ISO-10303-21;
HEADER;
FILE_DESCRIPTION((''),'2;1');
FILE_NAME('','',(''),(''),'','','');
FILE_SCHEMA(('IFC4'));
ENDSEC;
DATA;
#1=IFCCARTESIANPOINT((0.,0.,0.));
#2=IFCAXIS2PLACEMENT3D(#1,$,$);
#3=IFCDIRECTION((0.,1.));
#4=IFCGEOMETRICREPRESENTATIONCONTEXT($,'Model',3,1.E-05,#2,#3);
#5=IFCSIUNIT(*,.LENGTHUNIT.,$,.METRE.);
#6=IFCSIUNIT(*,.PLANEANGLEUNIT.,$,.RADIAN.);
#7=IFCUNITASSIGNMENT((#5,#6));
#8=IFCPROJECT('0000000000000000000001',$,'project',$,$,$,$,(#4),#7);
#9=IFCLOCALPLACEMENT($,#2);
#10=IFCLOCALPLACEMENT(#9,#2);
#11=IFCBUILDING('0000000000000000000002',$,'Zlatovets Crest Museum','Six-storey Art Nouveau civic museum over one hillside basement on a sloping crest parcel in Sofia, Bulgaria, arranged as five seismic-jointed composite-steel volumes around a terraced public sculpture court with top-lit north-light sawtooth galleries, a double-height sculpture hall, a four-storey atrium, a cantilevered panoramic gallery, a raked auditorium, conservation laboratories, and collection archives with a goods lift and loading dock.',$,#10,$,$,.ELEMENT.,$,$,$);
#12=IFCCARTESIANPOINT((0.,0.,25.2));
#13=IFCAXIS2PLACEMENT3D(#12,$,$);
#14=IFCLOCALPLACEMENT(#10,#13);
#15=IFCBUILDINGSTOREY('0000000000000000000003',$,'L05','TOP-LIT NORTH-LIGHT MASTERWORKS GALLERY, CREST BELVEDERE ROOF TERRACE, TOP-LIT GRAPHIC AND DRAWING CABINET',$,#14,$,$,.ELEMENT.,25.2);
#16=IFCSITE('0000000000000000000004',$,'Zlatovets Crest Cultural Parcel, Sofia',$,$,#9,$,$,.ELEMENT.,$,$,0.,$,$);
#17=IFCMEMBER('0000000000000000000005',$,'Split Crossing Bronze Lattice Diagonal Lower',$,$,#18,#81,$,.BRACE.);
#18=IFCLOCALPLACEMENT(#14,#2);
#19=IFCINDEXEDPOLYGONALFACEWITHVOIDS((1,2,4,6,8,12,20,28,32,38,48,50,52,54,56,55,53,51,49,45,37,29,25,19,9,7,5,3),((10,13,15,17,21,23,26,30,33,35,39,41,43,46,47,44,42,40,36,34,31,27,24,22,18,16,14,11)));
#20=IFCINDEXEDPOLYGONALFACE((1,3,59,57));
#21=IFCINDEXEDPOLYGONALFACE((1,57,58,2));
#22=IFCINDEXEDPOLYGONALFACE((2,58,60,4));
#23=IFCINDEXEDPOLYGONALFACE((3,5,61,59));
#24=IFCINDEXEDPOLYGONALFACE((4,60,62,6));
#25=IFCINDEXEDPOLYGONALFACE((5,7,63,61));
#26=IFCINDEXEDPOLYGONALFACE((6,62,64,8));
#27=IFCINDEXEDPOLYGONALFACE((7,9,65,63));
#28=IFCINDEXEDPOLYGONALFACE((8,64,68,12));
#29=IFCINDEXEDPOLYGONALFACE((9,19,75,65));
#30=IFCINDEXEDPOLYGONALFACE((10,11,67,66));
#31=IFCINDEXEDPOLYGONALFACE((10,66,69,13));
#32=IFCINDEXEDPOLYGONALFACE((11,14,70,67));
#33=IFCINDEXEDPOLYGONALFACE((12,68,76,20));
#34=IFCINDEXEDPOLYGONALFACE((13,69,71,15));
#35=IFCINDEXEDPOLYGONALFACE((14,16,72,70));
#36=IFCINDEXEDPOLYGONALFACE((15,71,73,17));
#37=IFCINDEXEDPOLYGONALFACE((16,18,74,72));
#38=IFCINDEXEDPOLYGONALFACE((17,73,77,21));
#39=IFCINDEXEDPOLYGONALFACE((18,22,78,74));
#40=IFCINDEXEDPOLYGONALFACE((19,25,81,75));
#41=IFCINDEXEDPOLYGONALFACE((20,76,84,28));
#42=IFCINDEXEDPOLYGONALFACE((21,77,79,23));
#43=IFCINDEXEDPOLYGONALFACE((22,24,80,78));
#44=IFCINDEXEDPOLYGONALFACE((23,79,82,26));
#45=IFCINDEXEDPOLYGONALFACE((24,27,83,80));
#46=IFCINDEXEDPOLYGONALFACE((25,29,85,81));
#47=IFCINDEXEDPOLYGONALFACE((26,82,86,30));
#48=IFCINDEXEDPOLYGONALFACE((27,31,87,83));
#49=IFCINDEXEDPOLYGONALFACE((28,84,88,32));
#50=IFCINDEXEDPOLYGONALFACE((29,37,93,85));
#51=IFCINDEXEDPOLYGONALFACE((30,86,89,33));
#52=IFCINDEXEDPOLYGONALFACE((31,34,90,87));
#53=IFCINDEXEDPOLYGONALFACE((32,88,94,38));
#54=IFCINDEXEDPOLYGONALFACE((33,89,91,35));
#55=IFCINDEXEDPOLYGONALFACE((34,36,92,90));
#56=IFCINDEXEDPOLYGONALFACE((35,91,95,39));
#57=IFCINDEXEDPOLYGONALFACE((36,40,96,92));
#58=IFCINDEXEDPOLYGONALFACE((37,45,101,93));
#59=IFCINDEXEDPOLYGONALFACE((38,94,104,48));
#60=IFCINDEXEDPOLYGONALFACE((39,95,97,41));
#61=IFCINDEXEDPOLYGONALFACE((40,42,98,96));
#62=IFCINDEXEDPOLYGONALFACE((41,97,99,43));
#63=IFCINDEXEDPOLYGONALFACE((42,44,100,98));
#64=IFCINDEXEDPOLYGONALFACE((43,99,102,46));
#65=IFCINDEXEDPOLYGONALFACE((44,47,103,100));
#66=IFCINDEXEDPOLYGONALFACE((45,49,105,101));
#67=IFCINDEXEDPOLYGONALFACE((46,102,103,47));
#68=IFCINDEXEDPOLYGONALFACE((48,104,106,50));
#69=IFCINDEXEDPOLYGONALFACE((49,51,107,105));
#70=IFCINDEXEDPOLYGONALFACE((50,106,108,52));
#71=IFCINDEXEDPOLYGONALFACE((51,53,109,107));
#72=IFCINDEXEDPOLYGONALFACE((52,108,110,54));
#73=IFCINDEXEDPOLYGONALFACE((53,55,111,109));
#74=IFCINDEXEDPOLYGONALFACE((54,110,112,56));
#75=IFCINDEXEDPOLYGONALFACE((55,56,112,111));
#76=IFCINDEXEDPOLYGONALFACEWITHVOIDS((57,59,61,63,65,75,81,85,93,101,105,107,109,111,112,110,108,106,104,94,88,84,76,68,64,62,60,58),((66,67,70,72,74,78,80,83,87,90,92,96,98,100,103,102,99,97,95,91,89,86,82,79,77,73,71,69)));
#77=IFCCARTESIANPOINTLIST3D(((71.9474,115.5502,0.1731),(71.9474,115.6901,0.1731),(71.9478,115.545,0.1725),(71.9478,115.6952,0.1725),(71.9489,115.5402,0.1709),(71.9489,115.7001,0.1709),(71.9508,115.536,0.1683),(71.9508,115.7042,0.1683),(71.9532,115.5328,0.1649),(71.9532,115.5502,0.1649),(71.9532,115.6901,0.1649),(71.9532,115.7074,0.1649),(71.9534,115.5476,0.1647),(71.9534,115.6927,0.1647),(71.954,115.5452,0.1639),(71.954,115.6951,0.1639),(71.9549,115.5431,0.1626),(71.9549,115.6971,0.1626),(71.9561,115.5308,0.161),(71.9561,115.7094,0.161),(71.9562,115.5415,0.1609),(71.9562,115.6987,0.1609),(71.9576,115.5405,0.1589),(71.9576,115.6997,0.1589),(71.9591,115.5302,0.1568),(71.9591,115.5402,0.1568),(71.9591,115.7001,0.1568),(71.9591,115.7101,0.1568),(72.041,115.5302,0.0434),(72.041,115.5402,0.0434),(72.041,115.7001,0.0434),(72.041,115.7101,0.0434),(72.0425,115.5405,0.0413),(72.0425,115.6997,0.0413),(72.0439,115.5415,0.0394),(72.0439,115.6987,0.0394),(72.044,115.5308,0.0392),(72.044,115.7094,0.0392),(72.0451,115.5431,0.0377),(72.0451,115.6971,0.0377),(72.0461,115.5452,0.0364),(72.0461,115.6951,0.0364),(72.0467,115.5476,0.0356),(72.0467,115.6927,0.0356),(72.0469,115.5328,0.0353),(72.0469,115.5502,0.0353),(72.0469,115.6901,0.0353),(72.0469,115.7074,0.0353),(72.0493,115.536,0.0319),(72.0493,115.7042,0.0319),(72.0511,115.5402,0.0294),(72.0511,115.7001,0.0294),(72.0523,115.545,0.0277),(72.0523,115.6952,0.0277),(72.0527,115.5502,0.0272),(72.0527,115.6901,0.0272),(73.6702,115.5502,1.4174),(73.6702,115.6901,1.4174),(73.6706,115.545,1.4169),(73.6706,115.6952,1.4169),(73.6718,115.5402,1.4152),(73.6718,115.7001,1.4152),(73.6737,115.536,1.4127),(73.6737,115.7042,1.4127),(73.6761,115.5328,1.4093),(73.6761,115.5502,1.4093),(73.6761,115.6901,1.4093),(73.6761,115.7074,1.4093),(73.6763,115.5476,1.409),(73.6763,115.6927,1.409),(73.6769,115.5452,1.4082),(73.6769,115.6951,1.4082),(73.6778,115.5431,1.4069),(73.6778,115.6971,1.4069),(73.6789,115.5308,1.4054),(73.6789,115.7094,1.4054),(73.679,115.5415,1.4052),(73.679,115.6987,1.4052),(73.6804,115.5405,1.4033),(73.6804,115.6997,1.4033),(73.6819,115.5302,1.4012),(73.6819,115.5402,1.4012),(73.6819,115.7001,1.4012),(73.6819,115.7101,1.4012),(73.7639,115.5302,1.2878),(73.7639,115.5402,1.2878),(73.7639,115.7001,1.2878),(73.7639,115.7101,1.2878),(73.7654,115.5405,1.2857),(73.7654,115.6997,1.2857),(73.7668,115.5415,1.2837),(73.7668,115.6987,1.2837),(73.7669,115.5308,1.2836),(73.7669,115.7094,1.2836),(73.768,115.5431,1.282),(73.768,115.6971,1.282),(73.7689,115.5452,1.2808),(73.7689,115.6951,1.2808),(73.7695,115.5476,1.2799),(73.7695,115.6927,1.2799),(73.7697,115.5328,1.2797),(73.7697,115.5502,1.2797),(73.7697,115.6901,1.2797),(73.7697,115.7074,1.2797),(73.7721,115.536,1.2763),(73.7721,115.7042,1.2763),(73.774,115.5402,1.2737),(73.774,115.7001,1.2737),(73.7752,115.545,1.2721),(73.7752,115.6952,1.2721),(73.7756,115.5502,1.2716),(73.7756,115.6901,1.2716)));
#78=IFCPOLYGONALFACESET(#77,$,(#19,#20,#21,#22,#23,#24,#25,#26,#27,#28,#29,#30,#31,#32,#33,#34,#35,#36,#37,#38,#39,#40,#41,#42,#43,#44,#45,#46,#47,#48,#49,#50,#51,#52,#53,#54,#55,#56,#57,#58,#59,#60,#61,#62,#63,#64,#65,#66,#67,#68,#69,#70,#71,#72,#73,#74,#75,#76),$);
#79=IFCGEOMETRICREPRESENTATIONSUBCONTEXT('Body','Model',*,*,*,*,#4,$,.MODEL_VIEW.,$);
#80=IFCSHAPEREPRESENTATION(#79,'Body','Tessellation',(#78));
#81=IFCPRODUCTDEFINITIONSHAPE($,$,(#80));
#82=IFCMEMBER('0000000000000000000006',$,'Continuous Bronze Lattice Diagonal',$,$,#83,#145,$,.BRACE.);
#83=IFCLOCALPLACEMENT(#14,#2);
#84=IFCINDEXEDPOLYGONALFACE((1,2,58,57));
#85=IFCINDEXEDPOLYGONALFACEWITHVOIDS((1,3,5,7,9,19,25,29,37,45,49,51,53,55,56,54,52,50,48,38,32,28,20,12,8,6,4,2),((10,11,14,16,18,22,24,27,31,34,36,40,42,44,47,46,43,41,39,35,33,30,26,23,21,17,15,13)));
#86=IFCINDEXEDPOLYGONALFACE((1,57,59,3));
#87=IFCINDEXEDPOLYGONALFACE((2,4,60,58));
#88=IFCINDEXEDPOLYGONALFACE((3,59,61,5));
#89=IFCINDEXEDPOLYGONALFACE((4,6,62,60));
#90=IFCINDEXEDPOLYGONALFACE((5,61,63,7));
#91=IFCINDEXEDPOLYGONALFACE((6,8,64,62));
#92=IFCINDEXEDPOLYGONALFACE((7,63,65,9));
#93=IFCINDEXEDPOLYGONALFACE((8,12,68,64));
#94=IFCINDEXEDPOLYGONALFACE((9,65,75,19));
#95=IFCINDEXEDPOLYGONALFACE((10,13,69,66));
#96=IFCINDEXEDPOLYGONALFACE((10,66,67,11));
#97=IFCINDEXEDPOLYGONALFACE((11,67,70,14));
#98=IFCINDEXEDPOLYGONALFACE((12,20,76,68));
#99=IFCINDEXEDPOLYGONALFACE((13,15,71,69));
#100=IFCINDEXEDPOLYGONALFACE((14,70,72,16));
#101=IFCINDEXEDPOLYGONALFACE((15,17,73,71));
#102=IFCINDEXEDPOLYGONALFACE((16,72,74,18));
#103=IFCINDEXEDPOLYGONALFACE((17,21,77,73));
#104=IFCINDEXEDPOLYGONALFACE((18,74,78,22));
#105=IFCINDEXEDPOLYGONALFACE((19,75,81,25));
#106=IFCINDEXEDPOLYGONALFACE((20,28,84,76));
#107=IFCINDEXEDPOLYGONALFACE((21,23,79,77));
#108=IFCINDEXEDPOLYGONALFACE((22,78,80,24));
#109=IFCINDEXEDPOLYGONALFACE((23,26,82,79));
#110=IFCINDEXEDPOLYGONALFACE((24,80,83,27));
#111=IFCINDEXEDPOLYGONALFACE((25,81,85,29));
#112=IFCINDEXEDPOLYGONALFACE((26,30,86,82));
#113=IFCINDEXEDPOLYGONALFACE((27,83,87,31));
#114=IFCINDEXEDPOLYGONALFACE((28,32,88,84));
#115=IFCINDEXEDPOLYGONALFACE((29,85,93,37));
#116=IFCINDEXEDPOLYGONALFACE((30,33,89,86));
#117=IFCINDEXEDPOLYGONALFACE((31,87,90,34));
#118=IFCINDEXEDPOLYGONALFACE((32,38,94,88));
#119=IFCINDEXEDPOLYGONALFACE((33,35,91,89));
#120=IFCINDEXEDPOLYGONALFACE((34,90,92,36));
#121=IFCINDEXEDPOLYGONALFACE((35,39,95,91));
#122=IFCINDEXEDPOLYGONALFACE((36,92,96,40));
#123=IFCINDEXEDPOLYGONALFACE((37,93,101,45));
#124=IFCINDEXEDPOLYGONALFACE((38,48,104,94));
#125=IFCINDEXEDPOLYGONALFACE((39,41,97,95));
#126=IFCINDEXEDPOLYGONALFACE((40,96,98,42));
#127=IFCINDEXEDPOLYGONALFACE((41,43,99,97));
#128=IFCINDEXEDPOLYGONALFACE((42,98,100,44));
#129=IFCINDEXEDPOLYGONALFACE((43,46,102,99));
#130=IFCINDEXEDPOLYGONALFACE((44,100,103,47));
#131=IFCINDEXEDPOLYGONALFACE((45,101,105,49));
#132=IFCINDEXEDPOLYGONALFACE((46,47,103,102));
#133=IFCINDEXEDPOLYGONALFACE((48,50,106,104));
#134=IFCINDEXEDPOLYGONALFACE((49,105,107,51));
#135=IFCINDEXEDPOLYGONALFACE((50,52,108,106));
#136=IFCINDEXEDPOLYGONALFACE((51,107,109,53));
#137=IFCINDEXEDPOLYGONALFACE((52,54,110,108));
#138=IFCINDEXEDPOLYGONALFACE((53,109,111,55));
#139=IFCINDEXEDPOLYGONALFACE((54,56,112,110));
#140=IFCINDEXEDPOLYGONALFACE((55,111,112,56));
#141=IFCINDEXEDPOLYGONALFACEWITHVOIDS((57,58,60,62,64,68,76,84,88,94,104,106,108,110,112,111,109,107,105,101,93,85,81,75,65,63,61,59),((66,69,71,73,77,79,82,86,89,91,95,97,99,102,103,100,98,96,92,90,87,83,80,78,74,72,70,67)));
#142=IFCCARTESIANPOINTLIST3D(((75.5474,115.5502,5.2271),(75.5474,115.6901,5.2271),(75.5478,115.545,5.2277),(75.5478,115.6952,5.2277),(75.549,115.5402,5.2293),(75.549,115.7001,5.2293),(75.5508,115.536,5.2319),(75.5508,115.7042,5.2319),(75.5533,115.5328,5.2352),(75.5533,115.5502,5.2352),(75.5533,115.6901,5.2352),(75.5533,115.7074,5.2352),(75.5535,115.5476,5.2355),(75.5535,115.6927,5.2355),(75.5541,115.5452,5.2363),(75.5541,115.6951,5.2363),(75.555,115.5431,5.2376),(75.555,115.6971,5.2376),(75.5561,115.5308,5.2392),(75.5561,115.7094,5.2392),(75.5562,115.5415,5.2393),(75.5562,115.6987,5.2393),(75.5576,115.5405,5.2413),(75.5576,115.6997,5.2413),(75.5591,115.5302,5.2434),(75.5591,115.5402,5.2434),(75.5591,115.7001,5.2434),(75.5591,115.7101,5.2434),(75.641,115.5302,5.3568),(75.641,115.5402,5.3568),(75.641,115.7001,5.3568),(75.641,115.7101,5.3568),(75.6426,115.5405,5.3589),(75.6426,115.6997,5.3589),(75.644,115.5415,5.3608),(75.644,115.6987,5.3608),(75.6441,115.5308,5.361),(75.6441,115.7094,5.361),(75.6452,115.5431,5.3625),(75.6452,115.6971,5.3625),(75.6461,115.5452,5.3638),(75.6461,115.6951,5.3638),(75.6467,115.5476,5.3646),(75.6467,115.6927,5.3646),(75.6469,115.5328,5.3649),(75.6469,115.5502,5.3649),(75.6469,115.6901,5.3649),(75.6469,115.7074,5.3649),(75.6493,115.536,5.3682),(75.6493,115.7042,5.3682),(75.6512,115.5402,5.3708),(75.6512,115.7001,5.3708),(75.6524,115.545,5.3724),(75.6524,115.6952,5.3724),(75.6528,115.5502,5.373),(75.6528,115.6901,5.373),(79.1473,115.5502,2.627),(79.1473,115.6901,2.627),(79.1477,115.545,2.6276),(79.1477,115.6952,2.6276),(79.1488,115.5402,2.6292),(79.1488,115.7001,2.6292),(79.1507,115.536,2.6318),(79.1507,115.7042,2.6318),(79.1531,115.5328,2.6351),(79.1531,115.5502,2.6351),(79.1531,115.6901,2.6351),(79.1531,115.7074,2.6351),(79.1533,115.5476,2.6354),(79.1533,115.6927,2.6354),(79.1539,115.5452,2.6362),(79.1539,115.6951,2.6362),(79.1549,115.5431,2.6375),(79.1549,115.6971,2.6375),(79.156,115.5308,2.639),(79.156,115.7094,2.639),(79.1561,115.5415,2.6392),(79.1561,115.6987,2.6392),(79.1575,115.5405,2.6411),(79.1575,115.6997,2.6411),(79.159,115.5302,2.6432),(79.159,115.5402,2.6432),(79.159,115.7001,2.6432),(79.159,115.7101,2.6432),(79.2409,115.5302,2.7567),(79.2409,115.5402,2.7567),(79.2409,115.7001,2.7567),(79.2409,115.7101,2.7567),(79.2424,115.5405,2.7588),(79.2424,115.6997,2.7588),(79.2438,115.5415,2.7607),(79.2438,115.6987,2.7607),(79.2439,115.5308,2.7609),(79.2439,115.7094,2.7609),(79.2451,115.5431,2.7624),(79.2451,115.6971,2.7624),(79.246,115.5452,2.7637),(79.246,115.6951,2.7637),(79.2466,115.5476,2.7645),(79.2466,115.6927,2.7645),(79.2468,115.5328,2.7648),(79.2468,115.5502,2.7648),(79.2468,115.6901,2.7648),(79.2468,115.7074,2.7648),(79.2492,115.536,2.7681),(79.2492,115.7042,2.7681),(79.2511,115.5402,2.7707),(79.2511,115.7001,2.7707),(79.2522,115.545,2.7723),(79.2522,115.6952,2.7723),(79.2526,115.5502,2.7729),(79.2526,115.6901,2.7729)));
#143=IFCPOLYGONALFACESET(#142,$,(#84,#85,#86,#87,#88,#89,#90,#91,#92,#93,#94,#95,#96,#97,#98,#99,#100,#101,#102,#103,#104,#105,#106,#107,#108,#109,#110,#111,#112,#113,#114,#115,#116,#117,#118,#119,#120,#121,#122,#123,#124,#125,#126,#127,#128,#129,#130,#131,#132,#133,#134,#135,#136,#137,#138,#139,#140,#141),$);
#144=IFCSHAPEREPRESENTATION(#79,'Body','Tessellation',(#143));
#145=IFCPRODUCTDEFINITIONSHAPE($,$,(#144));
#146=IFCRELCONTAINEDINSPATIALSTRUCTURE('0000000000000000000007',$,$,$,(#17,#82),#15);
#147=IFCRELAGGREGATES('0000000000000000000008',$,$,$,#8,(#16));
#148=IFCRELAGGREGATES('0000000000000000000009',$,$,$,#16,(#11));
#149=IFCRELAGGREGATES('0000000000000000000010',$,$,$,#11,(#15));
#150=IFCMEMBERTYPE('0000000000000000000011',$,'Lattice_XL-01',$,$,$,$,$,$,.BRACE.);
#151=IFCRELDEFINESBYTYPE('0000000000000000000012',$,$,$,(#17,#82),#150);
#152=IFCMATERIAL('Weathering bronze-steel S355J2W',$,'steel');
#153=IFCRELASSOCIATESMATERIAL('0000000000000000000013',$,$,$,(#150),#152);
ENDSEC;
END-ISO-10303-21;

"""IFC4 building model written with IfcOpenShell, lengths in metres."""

from ifc_helpers import new_model, si_unit, direction, frame, origin, origin_2d, place, context, subcontext, project, spatial, hollow_rectangle, extrude, material, material_profile, profile_set, type_object, element, save


model = new_model("IFC4")

# Units and contexts
model_context = context("Model", 3, precision=1e-05, world=origin(), true_north=direction((0.0, 1.0)))
body_context = subcontext(model_context, "Body", "Model", "MODEL_VIEW")
ifc_project = project(units=[si_unit("LENGTHUNIT", "METRE"), si_unit("PLANEANGLEUNIT", "RADIAN")], contexts=[model_context])

# Site, building, storey
site_placement = place(None, origin())
site = spatial("IfcSite", under=ifc_project, at=site_placement, Name="Zlatovets Crest Cultural Parcel, Sofia", CompositionType="ELEMENT", RefElevation=0.0)
building_placement = place(site_placement, origin())
building = spatial("IfcBuilding", under=site, at=building_placement, Name="Zlatovets Crest Museum", Description="Six-storey Art Nouveau civic museum over one hillside basement on a sloping crest parcel in Sofia, Bulgaria, arranged as five seismic-jointed composite-steel volumes around a terraced public sculpture court with top-lit north-light sawtooth galleries, a double-height sculpture hall, a four-storey atrium, a cantilevered panoramic gallery, a raked auditorium, conservation laboratories, and collection archives with a goods lift and loading dock.", CompositionType="ELEMENT")
storey_placement = place(building_placement, frame((0.0, 0.0, 25.2)))
storey = spatial("IfcBuildingStorey", under=building, at=storey_placement, Name="L05", Description="TOP-LIT NORTH-LIGHT MASTERWORKS GALLERY, CREST BELVEDERE ROOF TERRACE, TOP-LIT GRAPHIC AND DRAWING CABINET", CompositionType="ELEMENT", Elevation=25.2)

# Members
ifc_material_1 = material(Name="Weathering bronze-steel S355J2W", Category="steel")
ifc_material_profile_1 = material_profile(ifc_material_1, hollow_rectangle(XDim=0.1799, YDim=0.1799, WallThickness=0.01, InnerFilletRadius=0.01, OuterFilletRadius=0.02, at=origin_2d()), Name="SHS 180x180x10.0")
ifc_profile_set_1 = profile_set([ifc_material_profile_1], Name="Weathering bronze-steel S355J2W")
member_type_1 = type_object("IfcMemberType", Name="Lattice_XL-01", PredefinedType="BRACE", material=ifc_profile_set_1)
member_1_placement = place(storey_placement, frame((73.7229, 115.6201, 1.3445), z_axis=(-0.810664, 0.0, -0.585512), x_axis=(0.0, -1.0, 0.0)))
element("IfcMember", 1, at=member_1_placement, inside=storey, type_object=member_type_1, Name="Split Crossing Bronze Lattice Diagonal Lower", PredefinedType="BRACE", context=body_context, shape_type="SweptSolid", body=[
    extrude(hollow_rectangle(XDim=0.1799, YDim=0.1799, WallThickness=0.01, InnerFilletRadius=0.01, OuterFilletRadius=0.02, at=origin_2d()), origin(), (0.0, 0.0, 1.0), 2.1252),
])
member_2_placement = place(storey_placement, frame((79.2, 115.6201, 2.7), z_axis=(-0.810657, 0.0, 0.585521), x_axis=(0.0, -1.0, 0.0)))
element("IfcMember", 2, at=member_2_placement, inside=storey, type_object=member_type_1, Name="Continuous Bronze Lattice Diagonal", PredefinedType="BRACE", context=body_context, shape_type="SweptSolid", body=[
    extrude(hollow_rectangle(XDim=0.1799, YDim=0.1799, WallThickness=0.01, InnerFilletRadius=0.01, OuterFilletRadius=0.02, at=origin_2d()), origin(), (0.0, 0.0, 1.0), 4.4407),
])

save(model, "model.ifc")
